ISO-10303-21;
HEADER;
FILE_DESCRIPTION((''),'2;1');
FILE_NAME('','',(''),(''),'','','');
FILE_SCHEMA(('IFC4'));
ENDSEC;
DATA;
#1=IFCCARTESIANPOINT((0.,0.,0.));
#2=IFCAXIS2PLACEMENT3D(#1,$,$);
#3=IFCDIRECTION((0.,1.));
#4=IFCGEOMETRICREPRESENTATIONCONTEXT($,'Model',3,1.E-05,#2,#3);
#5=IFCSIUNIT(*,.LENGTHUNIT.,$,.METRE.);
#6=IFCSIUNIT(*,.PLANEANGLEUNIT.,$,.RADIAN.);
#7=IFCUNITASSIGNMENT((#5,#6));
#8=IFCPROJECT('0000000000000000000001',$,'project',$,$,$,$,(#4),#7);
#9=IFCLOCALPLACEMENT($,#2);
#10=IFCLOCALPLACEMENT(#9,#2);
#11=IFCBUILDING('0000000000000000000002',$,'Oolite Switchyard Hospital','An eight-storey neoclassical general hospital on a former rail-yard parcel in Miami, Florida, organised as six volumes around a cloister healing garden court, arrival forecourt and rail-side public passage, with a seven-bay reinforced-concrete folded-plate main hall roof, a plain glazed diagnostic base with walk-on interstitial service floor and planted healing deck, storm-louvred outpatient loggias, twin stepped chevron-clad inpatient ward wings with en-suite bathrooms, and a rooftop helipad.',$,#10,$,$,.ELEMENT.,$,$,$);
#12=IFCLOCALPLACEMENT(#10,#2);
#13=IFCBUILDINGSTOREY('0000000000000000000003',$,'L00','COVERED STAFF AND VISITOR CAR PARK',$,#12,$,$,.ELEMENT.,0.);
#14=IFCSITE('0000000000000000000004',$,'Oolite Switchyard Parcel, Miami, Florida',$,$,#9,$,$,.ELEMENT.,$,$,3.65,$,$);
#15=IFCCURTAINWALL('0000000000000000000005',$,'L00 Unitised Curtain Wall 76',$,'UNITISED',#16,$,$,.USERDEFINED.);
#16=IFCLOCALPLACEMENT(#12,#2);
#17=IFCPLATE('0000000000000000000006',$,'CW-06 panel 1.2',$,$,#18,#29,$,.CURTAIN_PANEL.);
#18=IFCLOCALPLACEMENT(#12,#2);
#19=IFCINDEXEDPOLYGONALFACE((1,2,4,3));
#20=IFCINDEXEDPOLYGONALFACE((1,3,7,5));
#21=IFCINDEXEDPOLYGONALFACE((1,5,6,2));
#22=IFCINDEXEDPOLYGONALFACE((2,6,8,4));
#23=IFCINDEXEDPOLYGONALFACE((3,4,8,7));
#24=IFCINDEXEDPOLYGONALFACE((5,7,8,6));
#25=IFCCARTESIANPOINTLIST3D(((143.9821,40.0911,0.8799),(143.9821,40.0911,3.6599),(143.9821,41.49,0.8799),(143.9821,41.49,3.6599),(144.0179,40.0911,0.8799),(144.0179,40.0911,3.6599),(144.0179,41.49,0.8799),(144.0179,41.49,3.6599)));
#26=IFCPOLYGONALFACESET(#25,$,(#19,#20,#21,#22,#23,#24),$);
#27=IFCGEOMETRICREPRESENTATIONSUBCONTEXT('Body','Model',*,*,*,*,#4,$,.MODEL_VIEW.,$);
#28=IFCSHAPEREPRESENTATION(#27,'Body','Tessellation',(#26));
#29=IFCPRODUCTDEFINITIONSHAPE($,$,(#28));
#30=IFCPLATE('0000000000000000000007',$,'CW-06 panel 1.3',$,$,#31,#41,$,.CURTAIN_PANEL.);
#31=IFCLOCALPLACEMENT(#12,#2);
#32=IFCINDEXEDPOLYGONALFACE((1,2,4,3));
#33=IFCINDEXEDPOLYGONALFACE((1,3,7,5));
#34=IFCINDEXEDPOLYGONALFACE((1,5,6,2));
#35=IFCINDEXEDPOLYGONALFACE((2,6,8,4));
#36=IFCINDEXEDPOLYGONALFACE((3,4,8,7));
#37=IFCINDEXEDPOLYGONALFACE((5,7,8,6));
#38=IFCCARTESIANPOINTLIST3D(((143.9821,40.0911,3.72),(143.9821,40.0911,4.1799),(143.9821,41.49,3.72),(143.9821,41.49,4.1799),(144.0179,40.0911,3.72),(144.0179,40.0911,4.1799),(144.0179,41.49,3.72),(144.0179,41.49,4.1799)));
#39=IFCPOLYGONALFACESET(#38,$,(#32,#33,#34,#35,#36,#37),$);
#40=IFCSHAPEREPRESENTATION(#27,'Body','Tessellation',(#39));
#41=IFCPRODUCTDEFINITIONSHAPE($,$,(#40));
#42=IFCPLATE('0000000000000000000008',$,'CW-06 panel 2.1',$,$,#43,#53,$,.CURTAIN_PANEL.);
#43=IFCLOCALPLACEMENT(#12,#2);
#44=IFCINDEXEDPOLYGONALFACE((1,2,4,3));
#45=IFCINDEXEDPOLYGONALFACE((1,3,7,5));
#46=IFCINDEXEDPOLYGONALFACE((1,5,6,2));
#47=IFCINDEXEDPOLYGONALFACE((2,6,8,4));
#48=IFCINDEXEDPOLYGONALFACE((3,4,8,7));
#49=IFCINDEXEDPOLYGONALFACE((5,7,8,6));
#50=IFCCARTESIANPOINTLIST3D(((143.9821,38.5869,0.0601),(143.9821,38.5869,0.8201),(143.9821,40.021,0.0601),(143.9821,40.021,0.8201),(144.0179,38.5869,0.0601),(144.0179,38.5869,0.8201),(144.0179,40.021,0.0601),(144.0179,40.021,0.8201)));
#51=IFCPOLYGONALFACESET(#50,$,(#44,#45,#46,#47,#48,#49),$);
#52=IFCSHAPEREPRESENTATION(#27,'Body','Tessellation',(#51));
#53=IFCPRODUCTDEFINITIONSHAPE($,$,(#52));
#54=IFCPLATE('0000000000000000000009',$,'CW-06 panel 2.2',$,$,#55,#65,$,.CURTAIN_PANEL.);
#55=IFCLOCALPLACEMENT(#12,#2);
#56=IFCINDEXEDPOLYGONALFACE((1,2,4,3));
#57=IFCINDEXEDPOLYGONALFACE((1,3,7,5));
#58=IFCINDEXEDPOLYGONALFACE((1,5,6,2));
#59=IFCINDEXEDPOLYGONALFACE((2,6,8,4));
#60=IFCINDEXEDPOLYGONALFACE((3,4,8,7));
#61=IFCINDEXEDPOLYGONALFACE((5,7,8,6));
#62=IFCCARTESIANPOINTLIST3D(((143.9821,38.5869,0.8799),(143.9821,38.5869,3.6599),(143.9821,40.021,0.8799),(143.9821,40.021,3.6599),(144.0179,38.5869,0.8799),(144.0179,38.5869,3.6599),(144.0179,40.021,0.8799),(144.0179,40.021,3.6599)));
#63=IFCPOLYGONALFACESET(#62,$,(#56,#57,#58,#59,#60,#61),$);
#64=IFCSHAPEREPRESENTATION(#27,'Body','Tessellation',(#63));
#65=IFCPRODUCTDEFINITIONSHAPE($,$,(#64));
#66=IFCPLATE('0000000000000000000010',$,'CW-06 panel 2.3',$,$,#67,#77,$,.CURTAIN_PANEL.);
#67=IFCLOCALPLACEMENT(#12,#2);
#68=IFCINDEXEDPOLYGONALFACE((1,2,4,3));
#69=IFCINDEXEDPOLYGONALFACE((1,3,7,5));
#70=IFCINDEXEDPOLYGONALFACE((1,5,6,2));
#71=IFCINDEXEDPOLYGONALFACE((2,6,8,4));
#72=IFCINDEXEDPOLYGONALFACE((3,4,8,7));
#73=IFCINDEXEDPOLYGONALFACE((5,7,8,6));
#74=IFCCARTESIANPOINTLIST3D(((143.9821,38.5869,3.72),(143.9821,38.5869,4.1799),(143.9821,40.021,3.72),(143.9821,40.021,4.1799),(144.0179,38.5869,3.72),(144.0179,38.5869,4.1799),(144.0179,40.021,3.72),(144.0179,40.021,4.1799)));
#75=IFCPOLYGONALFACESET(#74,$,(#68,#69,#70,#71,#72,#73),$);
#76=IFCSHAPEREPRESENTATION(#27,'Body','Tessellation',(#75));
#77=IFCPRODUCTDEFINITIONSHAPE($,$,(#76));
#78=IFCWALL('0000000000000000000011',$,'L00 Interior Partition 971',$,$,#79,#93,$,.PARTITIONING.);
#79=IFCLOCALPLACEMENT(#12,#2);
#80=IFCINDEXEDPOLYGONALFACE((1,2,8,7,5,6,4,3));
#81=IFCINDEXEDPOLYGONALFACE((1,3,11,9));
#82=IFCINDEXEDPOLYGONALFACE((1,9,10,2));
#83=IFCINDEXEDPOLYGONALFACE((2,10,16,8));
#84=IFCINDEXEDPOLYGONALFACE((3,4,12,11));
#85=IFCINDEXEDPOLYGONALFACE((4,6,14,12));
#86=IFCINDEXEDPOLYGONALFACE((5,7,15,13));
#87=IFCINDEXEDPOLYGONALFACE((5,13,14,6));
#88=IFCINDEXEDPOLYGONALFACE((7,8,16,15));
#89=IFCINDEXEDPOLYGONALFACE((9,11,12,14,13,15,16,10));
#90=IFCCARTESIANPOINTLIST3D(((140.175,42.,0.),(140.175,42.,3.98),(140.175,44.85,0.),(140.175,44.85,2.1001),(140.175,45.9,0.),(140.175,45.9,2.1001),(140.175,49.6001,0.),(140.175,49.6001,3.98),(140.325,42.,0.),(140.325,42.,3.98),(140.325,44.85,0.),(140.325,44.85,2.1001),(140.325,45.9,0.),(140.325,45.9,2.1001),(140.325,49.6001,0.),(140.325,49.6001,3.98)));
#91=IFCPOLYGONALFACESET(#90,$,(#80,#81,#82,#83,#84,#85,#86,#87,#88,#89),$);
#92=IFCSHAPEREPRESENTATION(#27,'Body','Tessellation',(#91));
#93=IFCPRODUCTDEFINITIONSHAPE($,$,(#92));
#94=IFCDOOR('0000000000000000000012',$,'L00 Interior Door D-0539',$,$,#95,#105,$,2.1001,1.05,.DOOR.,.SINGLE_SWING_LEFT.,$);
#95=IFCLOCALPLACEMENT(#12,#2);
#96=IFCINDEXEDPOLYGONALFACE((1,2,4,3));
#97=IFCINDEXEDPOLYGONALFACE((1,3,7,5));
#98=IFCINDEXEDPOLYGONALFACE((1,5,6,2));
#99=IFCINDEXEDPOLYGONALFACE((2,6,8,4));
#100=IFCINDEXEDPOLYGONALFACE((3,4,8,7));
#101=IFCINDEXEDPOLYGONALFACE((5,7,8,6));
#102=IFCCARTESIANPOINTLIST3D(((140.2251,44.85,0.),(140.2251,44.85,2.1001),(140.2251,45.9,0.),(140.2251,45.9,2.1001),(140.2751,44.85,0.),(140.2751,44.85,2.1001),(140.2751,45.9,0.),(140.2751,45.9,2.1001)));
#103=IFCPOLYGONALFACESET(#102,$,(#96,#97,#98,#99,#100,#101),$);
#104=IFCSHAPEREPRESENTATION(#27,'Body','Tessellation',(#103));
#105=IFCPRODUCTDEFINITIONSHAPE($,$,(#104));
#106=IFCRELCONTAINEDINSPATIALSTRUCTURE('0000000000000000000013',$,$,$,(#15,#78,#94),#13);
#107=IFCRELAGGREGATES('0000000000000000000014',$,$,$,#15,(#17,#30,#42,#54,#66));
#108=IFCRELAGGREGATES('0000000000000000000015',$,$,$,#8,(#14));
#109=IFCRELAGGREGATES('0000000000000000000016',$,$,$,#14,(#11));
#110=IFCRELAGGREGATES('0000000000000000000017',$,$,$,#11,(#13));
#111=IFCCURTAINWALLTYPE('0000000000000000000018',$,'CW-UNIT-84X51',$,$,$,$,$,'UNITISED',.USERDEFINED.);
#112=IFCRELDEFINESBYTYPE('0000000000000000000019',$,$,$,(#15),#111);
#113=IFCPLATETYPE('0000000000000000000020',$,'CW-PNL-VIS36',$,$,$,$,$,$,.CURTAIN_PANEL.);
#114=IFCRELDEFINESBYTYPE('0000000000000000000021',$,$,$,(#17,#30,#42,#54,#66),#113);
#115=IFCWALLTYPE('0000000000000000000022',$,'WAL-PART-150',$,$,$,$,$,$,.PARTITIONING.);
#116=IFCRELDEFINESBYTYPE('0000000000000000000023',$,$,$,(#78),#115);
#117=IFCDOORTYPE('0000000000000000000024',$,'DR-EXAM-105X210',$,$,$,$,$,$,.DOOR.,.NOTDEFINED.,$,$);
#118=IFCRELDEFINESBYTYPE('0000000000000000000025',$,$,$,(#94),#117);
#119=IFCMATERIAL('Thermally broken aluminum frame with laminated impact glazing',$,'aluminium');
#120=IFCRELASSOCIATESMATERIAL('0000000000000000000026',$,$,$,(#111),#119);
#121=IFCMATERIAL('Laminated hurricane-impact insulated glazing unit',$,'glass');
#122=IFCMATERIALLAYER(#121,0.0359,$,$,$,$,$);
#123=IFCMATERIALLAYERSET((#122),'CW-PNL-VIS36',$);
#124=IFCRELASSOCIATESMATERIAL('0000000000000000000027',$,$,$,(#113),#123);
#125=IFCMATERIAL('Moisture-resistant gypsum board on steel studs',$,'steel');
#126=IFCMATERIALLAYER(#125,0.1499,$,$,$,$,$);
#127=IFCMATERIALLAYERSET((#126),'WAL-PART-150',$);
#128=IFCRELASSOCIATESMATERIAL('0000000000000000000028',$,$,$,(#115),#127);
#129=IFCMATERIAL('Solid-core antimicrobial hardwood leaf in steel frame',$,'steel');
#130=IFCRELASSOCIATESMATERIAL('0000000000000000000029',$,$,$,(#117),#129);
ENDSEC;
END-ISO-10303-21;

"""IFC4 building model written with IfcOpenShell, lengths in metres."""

from ifc_helpers import new_model, si_unit, direction, frame, frame_2d, origin, origin_2d, place, context, subcontext, project, spatial, rectangle, extrude, material, layer, layer_set, type_object, element, fill, aggregate, save


model = new_model("IFC4")

# Units and contexts
model_context = context("Model", 3, precision=1e-05, world=origin(), true_north=direction((0.0, 1.0)))
body_context = subcontext(model_context, "Body", "Model", "MODEL_VIEW")
ifc_project = project(units=[si_unit("LENGTHUNIT", "METRE"), si_unit("PLANEANGLEUNIT", "RADIAN")], contexts=[model_context])

# Site, building, storey
site_placement = place(None, origin())
site = spatial("IfcSite", under=ifc_project, at=site_placement, Name="Oolite Switchyard Parcel, Miami, Florida", CompositionType="ELEMENT", RefElevation=3.65)
building_placement = place(site_placement, origin())
building = spatial("IfcBuilding", under=site, at=building_placement, Name="Oolite Switchyard Hospital", Description="An eight-storey neoclassical general hospital on a former rail-yard parcel in Miami, Florida, organised as six volumes around a cloister healing garden court, arrival forecourt and rail-side public passage, with a seven-bay reinforced-concrete folded-plate main hall roof, a plain glazed diagnostic base with walk-on interstitial service floor and planted healing deck, storm-louvred outpatient loggias, twin stepped chevron-clad inpatient ward wings with en-suite bathrooms, and a rooftop helipad.", CompositionType="ELEMENT")
storey_placement = place(building_placement, origin())
storey = spatial("IfcBuildingStorey", under=building, at=storey_placement, Name="L00", Description="COVERED STAFF AND VISITOR CAR PARK", CompositionType="ELEMENT", Elevation=0.0)

# Curtain wall
ifc_material_1 = material(Name="Thermally broken aluminum frame with laminated impact glazing", Category="aluminium")
curtain_wall_type = type_object("IfcCurtainWallType", Name="CW-UNIT-84X51", ElementType="UNITISED", PredefinedType="USERDEFINED", material=ifc_material_1)
curtain_wall_1_placement = place(storey_placement, origin())
curtain_wall_1 = element("IfcCurtainWall", 1, at=curtain_wall_1_placement, inside=storey, type_object=curtain_wall_type, Name="L00 Unitised Curtain Wall 76", ObjectType="UNITISED", PredefinedType="USERDEFINED")

# Plates
ifc_material_2 = material(Name="Laminated hurricane-impact insulated glazing unit", Category="glass")
ifc_layer_1 = layer(ifc_material_2, 0.0359)
ifc_layer_set_1 = layer_set([ifc_layer_1], Name="CW-PNL-VIS36")
plate_type_1 = type_object("IfcPlateType", Name="CW-PNL-VIS36", PredefinedType="CURTAIN_PANEL", material=ifc_layer_set_1)
plate_1_placement = place(storey_placement, frame((144.0, 40.7905, 0.8799), z_axis=(0.0, 0.0, 1.0), x_axis=(0.0, -1.0, 0.0)))
plate_1 = element("IfcPlate", 2, at=plate_1_placement, type_object=plate_type_1, Name="CW-06 panel 1.2", PredefinedType="CURTAIN_PANEL", context=body_context, shape_type="SweptSolid", body=[
    extrude(rectangle(XDim=1.3989, YDim=0.0359, at=origin_2d()), origin(), (0.0, 0.0, 1.0), 2.78),
])
plate_2_placement = place(storey_placement, frame((144.0, 40.7905, 3.72), z_axis=(0.0, 0.0, 1.0), x_axis=(0.0, -1.0, 0.0)))
plate_2 = element("IfcPlate", 3, at=plate_2_placement, type_object=plate_type_1, Name="CW-06 panel 1.3", PredefinedType="CURTAIN_PANEL", context=body_context, shape_type="SweptSolid", body=[
    extrude(rectangle(XDim=1.3989, YDim=0.0359, at=origin_2d()), origin(), (0.0, 0.0, 1.0), 0.46),
])
plate_3_placement = place(storey_placement, frame((144.0, 39.304, 0.0601), z_axis=(0.0, 0.0, 1.0), x_axis=(0.0, -1.0, 0.0)))
plate_3 = element("IfcPlate", 4, at=plate_3_placement, type_object=plate_type_1, Name="CW-06 panel 2.1", PredefinedType="CURTAIN_PANEL", context=body_context, shape_type="SweptSolid", body=[
    extrude(rectangle(XDim=1.4341, YDim=0.0359, at=origin_2d()), origin(), (0.0, 0.0, 1.0), 0.76),
])
plate_4_placement = place(storey_placement, frame((144.0, 39.304, 0.8799), z_axis=(0.0, 0.0, 1.0), x_axis=(0.0, -1.0, 0.0)))
plate_4 = element("IfcPlate", 5, at=plate_4_placement, type_object=plate_type_1, Name="CW-06 panel 2.2", PredefinedType="CURTAIN_PANEL", context=body_context, shape_type="SweptSolid", body=[
    extrude(rectangle(XDim=1.4341, YDim=0.0359, at=origin_2d()), origin(), (0.0, 0.0, 1.0), 2.78),
])
plate_5_placement = place(storey_placement, frame((144.0, 39.304, 3.72), z_axis=(0.0, 0.0, 1.0), x_axis=(0.0, -1.0, 0.0)))
plate_5 = element("IfcPlate", 6, at=plate_5_placement, type_object=plate_type_1, Name="CW-06 panel 2.3", PredefinedType="CURTAIN_PANEL", context=body_context, shape_type="SweptSolid", body=[
    extrude(rectangle(XDim=1.4341, YDim=0.0359, at=origin_2d()), origin(), (0.0, 0.0, 1.0), 0.46),
])
aggregate(curtain_wall_1, [plate_1, plate_2, plate_3, plate_4, plate_5])

# Wall, opening, door
ifc_material_3 = material(Name="Moisture-resistant gypsum board on steel studs", Category="steel")
ifc_layer_2 = layer(ifc_material_3, 0.1499)
ifc_layer_set_2 = layer_set([ifc_layer_2], Name="WAL-PART-150")
wall_type = type_object("IfcWallType", Name="WAL-PART-150", PredefinedType="PARTITIONING", material=ifc_layer_set_2)
wall_placement = place(storey_placement, frame((140.25, 42.0, 0.0), z_axis=(0.0, 0.0, 1.0), x_axis=(0.0, 1.0, 0.0)))
wall = element("IfcWall", 7, at=wall_placement, inside=storey, type_object=wall_type, Name="L00 Interior Partition 971", PredefinedType="PARTITIONING", context=body_context, shape_type="SweptSolid", body=[
    extrude(rectangle(XDim=7.6001, YDim=0.1499, at=frame_2d((3.8, 0.0))), origin(), (0.0, 0.0, 1.0), 3.98),
])
opening_placement = place(wall_placement, frame((2.8501, 0.0, 0.0)))
opening = element("IfcOpeningElement", 8, at=opening_placement, cuts=wall, PredefinedType="OPENING", context=body_context, shape_type="SweptSolid", body=[
    extrude(rectangle(XDim=1.05, YDim=2.1001, at=frame_2d((0.5249, 1.05))), frame((0.0, 0.085, 0.0), z_axis=(0.0, -1.0, 0.0), x_axis=(1.0, 0.0, 0.0)), (0.0, 0.0, 1.0), 0.1699),
])
ifc_material_4 = material(Name="Solid-core antimicrobial hardwood leaf in steel frame", Category="steel")
door_type = type_object("IfcDoorType", Name="DR-EXAM-105X210", OperationType="NOTDEFINED", PredefinedType="DOOR", material=ifc_material_4)
door_placement = place(opening_placement, origin())
door = element("IfcDoor", 9, at=door_placement, inside=storey, type_object=door_type, Name="L00 Interior Door D-0539", OperationType="SINGLE_SWING_LEFT", OverallHeight=2.1001, OverallWidth=1.05, PredefinedType="DOOR", context=body_context, shape_type="SweptSolid", body=[
    extrude(rectangle(XDim=1.05, YDim=2.1001, at=frame_2d((0.5249, 1.05))), frame((0.0, 0.0249, 0.0), z_axis=(0.0, -1.0, 0.0), x_axis=(1.0, 0.0, 0.0)), (0.0, 0.0, 1.0), 0.05),
])
fill(opening, door)

save(model, "model.ifc")
